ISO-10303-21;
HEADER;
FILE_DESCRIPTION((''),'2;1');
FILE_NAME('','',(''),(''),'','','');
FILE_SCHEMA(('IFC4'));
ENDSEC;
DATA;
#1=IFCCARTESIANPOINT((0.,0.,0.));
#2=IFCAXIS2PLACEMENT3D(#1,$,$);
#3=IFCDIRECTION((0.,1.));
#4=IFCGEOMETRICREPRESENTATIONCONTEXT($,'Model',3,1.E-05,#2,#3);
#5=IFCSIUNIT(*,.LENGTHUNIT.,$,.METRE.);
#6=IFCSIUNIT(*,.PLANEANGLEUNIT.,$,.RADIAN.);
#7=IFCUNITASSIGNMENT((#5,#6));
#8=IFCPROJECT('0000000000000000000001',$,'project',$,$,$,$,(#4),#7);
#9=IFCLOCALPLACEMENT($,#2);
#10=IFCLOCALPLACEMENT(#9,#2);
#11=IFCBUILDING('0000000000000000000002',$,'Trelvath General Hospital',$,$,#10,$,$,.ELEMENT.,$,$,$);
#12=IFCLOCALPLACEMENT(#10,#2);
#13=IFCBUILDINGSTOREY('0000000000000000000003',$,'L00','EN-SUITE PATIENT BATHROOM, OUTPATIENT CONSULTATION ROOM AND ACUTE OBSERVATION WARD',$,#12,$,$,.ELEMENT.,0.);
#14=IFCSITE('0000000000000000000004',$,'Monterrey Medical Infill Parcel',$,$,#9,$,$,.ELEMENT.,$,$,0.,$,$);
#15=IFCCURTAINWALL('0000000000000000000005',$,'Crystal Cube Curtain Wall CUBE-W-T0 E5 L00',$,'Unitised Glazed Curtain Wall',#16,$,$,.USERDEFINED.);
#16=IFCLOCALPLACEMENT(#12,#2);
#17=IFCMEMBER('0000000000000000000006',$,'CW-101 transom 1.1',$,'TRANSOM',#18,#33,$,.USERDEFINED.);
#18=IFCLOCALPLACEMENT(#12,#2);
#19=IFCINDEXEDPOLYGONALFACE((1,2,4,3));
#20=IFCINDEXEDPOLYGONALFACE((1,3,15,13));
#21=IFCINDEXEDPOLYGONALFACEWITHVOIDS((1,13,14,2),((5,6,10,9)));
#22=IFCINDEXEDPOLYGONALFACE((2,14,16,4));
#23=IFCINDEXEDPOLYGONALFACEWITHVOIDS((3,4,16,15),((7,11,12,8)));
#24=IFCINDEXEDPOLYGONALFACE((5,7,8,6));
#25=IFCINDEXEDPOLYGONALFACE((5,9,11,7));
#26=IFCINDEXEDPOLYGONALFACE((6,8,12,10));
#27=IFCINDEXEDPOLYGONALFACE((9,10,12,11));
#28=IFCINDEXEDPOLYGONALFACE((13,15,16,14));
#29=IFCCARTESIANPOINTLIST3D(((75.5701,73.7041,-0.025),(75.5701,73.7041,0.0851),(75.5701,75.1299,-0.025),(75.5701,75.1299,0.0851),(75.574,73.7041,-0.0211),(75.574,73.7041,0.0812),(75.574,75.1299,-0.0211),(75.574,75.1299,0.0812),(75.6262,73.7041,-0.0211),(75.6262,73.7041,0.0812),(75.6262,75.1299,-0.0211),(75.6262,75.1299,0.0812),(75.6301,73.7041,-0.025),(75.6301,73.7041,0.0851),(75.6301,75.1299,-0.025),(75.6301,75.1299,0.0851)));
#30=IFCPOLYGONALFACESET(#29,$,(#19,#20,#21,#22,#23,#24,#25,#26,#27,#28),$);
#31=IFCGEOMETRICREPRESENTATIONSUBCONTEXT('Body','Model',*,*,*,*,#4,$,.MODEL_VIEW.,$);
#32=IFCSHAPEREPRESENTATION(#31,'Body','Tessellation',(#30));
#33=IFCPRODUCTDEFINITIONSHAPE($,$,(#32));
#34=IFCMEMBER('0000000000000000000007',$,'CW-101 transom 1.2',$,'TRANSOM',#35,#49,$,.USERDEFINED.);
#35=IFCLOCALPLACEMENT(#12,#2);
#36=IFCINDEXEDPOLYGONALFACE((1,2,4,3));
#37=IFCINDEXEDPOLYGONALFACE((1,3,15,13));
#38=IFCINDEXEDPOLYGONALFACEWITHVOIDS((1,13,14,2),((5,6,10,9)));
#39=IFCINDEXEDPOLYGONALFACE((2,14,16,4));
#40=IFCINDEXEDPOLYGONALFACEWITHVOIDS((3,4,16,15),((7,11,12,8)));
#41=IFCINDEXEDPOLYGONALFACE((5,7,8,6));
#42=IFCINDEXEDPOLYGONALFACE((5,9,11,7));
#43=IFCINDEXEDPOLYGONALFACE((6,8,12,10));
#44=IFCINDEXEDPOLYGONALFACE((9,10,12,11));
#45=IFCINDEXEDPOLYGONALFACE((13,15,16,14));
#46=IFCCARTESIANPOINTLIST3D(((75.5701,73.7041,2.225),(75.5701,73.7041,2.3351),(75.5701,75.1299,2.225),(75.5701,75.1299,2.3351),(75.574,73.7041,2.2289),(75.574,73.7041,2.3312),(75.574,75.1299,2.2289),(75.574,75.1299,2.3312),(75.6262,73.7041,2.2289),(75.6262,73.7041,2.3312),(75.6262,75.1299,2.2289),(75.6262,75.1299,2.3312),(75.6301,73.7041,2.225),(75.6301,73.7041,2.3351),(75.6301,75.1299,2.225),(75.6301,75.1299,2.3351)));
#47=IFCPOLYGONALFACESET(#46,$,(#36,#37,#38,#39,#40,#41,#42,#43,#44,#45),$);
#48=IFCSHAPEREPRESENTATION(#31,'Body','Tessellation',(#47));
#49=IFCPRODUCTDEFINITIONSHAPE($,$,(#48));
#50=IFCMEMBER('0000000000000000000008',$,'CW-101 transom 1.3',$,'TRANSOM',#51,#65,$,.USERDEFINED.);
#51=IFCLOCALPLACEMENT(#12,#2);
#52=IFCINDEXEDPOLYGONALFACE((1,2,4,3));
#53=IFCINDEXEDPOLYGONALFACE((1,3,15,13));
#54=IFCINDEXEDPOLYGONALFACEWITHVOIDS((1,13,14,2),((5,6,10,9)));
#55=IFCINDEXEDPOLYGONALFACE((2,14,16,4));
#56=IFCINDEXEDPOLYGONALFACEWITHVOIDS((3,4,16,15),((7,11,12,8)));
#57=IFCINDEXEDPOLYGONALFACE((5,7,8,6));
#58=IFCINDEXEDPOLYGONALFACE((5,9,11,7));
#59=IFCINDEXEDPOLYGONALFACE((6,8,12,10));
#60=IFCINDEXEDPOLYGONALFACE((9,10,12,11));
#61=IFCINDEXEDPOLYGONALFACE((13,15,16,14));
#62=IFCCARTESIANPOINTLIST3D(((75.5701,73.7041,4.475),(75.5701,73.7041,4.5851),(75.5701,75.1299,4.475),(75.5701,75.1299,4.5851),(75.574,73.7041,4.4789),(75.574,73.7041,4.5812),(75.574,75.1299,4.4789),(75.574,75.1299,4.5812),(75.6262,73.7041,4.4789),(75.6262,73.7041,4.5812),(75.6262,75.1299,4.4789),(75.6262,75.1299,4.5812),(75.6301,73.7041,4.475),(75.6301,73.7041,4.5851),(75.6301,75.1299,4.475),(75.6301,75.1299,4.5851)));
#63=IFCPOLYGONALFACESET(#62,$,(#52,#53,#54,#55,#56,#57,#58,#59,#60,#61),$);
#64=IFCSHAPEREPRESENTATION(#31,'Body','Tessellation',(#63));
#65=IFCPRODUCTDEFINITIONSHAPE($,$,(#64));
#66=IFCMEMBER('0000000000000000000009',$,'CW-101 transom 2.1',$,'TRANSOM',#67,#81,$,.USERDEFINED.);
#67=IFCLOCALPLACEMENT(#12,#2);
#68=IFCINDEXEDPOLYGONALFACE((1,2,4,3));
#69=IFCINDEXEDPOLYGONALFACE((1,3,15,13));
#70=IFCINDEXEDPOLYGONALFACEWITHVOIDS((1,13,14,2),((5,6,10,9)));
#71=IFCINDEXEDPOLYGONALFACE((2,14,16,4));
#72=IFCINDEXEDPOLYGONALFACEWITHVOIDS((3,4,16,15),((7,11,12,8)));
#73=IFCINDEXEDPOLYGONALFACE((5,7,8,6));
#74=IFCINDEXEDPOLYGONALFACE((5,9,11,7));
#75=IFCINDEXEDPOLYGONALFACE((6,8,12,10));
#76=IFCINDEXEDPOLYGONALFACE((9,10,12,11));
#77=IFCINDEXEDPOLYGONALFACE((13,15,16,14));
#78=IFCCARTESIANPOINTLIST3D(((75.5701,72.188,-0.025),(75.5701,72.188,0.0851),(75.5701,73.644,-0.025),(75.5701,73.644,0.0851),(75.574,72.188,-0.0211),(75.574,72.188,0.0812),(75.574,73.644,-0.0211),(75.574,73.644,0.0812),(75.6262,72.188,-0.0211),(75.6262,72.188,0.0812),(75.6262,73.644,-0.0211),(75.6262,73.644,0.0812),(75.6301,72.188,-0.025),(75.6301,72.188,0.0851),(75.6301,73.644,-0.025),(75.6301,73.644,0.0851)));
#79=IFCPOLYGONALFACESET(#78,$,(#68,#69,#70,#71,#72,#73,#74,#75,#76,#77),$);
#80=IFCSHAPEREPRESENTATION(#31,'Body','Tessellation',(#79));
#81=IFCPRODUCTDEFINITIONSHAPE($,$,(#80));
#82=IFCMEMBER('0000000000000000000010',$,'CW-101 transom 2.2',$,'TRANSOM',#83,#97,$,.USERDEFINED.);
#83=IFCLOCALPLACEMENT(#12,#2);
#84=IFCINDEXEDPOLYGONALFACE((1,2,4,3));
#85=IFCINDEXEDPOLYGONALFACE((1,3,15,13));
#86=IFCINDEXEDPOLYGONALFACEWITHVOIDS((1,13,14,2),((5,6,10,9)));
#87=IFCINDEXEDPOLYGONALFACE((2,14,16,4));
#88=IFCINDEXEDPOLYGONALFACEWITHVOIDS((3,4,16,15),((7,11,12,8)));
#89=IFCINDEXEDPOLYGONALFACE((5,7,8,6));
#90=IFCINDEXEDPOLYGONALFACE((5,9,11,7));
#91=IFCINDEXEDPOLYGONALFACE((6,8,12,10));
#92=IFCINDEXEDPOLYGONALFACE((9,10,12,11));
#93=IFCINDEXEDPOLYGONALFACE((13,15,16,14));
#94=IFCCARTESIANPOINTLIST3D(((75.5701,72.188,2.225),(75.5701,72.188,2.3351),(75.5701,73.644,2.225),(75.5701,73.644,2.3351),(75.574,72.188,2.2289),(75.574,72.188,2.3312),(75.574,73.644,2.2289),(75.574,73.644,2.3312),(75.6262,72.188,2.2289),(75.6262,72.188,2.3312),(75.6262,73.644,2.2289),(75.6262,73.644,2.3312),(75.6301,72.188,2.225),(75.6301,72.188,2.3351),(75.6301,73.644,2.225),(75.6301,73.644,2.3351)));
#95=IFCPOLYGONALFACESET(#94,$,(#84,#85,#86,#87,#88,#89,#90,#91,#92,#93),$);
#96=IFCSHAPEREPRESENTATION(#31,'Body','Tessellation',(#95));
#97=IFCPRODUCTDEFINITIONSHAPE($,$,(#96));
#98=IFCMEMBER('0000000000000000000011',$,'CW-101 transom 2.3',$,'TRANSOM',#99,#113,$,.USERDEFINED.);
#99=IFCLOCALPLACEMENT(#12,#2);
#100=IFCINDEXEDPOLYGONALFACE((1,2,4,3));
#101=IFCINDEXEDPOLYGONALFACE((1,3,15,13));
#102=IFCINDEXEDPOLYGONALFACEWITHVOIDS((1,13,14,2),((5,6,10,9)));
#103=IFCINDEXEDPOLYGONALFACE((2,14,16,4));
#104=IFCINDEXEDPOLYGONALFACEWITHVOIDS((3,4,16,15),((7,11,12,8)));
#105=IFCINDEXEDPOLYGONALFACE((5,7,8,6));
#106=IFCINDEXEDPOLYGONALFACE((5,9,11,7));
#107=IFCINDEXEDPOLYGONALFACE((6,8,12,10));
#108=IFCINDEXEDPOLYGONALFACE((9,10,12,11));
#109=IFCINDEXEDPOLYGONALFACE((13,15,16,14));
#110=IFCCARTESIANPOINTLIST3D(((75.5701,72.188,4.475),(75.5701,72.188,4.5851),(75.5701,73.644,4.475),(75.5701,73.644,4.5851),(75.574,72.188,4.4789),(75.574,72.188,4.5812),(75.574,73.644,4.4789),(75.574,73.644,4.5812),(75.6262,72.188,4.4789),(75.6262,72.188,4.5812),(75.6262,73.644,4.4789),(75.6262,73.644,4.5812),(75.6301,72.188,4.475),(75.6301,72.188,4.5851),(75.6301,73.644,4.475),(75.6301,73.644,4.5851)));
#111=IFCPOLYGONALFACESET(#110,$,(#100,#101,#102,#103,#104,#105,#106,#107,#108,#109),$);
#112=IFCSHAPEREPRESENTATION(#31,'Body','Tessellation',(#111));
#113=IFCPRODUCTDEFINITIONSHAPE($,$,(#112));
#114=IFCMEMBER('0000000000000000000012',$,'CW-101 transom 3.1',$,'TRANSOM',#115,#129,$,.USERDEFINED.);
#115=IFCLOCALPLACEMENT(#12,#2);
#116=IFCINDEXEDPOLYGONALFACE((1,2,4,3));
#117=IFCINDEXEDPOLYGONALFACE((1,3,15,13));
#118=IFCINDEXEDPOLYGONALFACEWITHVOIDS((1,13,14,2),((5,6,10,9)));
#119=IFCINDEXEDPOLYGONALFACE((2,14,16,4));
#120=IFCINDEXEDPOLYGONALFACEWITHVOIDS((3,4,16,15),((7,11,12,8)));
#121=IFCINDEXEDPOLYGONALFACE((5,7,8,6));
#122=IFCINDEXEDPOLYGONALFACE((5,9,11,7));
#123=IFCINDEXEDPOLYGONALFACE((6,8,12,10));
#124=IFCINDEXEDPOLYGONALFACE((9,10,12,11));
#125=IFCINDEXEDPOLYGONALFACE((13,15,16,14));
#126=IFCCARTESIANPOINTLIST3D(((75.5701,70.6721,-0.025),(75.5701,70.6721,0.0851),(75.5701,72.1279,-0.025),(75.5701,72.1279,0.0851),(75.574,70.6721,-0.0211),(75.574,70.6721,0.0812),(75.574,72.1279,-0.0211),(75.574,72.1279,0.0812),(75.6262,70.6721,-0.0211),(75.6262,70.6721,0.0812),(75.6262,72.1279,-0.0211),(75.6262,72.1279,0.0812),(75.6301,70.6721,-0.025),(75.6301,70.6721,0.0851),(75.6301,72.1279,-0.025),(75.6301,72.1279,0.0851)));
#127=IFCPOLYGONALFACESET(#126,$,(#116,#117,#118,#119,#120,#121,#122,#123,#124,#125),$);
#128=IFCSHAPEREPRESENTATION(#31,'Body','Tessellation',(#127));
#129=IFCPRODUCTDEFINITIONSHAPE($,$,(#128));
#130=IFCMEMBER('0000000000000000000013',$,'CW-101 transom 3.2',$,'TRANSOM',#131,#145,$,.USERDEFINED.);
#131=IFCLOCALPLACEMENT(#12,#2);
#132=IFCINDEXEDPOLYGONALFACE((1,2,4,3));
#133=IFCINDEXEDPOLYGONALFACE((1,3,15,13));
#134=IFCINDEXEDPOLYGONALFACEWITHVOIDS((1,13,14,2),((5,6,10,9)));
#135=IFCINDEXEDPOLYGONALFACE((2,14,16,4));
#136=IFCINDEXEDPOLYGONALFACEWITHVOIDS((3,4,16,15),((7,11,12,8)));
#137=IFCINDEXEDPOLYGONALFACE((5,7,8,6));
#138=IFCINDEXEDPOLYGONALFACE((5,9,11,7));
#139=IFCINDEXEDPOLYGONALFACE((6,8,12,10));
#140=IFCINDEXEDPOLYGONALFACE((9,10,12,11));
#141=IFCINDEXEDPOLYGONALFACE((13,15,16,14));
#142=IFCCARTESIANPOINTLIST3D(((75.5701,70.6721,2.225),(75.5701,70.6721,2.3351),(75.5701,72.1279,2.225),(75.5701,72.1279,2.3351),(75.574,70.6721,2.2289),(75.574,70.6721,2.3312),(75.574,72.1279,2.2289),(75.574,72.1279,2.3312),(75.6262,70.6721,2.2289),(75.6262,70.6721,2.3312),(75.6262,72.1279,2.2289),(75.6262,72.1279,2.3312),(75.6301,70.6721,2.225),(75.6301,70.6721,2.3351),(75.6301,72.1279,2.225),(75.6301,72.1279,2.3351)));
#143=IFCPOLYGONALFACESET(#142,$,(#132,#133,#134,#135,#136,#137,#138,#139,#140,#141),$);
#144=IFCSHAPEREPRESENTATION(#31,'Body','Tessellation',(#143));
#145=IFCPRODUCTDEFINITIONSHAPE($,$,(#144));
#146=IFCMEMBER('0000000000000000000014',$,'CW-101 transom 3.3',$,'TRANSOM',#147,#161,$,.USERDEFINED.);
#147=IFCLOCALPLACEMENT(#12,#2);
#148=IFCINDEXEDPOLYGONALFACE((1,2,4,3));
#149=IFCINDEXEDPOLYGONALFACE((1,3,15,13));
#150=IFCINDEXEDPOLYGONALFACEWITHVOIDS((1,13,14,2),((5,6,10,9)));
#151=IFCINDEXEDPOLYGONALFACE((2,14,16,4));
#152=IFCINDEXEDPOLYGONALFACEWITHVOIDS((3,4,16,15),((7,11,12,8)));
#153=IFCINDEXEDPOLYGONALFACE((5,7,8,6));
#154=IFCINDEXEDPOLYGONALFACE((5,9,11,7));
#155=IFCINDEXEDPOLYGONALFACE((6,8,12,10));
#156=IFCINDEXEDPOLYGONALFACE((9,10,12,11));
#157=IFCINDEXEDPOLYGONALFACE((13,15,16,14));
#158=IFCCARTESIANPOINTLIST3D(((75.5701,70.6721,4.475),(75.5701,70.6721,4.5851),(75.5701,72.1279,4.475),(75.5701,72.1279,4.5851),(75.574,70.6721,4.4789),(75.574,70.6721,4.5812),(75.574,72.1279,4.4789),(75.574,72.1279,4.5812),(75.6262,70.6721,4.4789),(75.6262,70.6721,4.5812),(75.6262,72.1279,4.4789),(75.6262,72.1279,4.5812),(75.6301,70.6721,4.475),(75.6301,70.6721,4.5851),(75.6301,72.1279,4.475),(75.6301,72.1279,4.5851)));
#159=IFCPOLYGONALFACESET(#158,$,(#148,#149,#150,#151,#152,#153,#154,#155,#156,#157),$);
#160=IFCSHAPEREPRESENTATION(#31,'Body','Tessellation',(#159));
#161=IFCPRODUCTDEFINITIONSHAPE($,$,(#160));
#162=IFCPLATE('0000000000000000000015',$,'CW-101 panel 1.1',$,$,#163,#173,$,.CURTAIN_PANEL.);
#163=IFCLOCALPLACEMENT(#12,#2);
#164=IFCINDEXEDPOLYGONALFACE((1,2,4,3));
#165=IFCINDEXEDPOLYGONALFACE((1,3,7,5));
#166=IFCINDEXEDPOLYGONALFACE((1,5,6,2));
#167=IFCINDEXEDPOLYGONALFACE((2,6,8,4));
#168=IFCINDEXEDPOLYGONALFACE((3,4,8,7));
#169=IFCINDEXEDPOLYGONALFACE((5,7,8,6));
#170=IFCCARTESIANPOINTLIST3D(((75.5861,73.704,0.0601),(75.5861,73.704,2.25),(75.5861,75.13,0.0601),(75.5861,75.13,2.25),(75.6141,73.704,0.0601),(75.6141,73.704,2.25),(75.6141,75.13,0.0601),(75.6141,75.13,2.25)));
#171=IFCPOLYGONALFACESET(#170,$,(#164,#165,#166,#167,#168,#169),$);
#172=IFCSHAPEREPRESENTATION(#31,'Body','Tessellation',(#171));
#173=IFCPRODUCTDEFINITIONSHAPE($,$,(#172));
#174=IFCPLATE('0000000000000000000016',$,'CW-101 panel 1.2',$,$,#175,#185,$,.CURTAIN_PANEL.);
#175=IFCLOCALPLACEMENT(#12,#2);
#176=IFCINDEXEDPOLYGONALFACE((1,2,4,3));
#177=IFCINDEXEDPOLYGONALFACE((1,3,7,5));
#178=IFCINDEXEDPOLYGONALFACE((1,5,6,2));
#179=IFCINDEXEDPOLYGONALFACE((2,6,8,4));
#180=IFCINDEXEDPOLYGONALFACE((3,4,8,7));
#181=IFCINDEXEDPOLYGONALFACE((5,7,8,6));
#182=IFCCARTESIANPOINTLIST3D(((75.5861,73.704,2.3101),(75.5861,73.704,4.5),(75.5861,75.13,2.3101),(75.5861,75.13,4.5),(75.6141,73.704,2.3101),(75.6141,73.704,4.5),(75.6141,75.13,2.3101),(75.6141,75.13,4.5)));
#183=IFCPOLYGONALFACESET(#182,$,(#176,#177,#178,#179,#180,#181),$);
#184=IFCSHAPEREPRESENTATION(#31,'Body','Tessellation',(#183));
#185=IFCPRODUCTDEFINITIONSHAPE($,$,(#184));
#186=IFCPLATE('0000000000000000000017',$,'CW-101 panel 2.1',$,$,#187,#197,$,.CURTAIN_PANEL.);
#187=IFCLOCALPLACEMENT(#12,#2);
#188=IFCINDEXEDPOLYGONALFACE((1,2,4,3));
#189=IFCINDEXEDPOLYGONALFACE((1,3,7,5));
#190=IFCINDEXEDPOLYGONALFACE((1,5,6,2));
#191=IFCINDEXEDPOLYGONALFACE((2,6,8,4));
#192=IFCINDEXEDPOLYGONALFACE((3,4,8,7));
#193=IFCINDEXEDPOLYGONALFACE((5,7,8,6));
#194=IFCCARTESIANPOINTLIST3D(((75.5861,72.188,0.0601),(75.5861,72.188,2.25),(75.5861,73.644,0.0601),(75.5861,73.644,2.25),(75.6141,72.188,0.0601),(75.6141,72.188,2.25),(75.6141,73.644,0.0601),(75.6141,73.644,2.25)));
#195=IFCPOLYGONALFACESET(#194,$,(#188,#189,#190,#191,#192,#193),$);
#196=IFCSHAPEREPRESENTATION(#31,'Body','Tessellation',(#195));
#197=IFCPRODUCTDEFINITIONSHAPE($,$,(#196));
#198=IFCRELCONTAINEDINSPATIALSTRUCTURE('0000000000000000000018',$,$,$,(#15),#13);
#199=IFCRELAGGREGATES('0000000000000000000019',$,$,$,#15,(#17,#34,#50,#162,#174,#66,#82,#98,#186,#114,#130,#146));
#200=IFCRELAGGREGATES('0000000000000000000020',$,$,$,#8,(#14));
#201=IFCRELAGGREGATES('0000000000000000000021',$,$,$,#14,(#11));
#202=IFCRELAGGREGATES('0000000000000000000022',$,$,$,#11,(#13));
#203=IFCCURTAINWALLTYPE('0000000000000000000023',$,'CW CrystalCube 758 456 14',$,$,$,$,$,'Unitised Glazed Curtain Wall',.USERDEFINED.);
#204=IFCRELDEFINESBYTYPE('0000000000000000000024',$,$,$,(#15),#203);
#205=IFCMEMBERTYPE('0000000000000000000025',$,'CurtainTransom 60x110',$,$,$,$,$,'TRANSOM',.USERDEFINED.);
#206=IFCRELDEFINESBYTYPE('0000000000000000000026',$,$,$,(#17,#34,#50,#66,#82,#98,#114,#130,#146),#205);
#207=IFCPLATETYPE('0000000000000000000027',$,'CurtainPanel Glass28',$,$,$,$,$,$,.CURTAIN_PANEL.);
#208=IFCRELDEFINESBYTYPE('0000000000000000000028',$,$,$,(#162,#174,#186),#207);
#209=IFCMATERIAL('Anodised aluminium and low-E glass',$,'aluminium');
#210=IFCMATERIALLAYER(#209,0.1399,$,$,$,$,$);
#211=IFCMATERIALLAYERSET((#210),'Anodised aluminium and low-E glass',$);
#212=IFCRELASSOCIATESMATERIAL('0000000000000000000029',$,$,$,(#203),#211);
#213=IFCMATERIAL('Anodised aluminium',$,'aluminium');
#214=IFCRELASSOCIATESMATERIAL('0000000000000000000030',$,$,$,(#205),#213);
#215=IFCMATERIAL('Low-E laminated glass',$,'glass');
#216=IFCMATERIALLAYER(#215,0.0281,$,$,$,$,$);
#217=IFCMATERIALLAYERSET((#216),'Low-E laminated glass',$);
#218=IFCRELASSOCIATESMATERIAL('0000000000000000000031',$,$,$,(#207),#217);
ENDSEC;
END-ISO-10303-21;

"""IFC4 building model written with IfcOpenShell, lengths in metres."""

from ifc_helpers import new_model, si_unit, direction, frame, origin, origin_2d, place, context, subcontext, project, spatial, rectangle, hollow_rectangle, extrude, material, layer, layer_set, material_profile, profile_set, type_object, element, aggregate, save


model = new_model("IFC4")

# Units and contexts
model_context = context("Model", 3, precision=1e-05, world=origin(), true_north=direction((0.0, 1.0)))
body_context = subcontext(model_context, "Body", "Model", "MODEL_VIEW")
ifc_project = project(units=[si_unit("LENGTHUNIT", "METRE"), si_unit("PLANEANGLEUNIT", "RADIAN")], contexts=[model_context])

# Site, building, storey
site_placement = place(None, origin())
site = spatial("IfcSite", under=ifc_project, at=site_placement, Name="Monterrey Medical Infill Parcel", CompositionType="ELEMENT", RefElevation=0.0)
building_placement = place(site_placement, origin())
building = spatial("IfcBuilding", under=site, at=building_placement, Name="Trelvath General Hospital", CompositionType="ELEMENT")
storey_placement = place(building_placement, origin())
storey = spatial("IfcBuildingStorey", under=building, at=storey_placement, Name="L00", Description="EN-SUITE PATIENT BATHROOM, OUTPATIENT CONSULTATION ROOM AND ACUTE OBSERVATION WARD", CompositionType="ELEMENT", Elevation=0.0)

# Curtain wall, members, plates
ifc_material_1 = material(Name="Anodised aluminium and low-E glass", Category="aluminium")
ifc_layer_1 = layer(ifc_material_1, 0.1399)
ifc_layer_set_1 = layer_set([ifc_layer_1], Name="Anodised aluminium and low-E glass")
curtain_wall_type = type_object("IfcCurtainWallType", Name="CW CrystalCube 758 456 14", ElementType="Unitised Glazed Curtain Wall", PredefinedType="USERDEFINED", material=ifc_layer_set_1)
curtain_wall_placement = place(storey_placement, origin())
curtain_wall = element("IfcCurtainWall", 1, at=curtain_wall_placement, inside=storey, type_object=curtain_wall_type, Name="Crystal Cube Curtain Wall CUBE-W-T0 E5 L00", ObjectType="Unitised Glazed Curtain Wall", PredefinedType="USERDEFINED")
ifc_material_2 = material(Name="Anodised aluminium", Category="aluminium")
ifc_material_profile_1 = material_profile(ifc_material_2, hollow_rectangle(XDim=0.0601, YDim=0.1101, WallThickness=0.0039, at=origin_2d()), Name="RHS60x110x4")
ifc_profile_set_1 = profile_set([ifc_material_profile_1], Name="Anodised aluminium")
member_type_1 = type_object("IfcMemberType", Name="CurtainTransom 60x110", ElementType="TRANSOM", PredefinedType="USERDEFINED", material=ifc_profile_set_1)
member_1_placement = place(storey_placement, frame((75.6001, 75.1299, 0.03), z_axis=(0.0, -1.0, 0.0), x_axis=(1.0, 0.0, 0.0)))
member_1 = element("IfcMember", 2, at=member_1_placement, type_object=member_type_1, Name="CW-101 transom 1.1", ObjectType="TRANSOM", PredefinedType="USERDEFINED", context=body_context, shape_type="SweptSolid", body=[
    extrude(hollow_rectangle(XDim=0.0601, YDim=0.1101, WallThickness=0.0039, at=origin_2d()), origin(), (0.0, 0.0, 1.0), 1.4258),
])
member_2_placement = place(storey_placement, frame((75.6001, 75.1299, 2.28), z_axis=(0.0, -1.0, 0.0), x_axis=(1.0, 0.0, 0.0)))
member_2 = element("IfcMember", 3, at=member_2_placement, type_object=member_type_1, Name="CW-101 transom 1.2", ObjectType="TRANSOM", PredefinedType="USERDEFINED", context=body_context, shape_type="SweptSolid", body=[
    extrude(hollow_rectangle(XDim=0.0601, YDim=0.1101, WallThickness=0.0039, at=origin_2d()), origin(), (0.0, 0.0, 1.0), 1.4258),
])
member_3_placement = place(storey_placement, frame((75.6001, 75.1299, 4.53), z_axis=(0.0, -1.0, 0.0), x_axis=(1.0, 0.0, 0.0)))
member_3 = element("IfcMember", 4, at=member_3_placement, type_object=member_type_1, Name="CW-101 transom 1.3", ObjectType="TRANSOM", PredefinedType="USERDEFINED", context=body_context, shape_type="SweptSolid", body=[
    extrude(hollow_rectangle(XDim=0.0601, YDim=0.1101, WallThickness=0.0039, at=origin_2d()), origin(), (0.0, 0.0, 1.0), 1.4258),
])
member_4_placement = place(storey_placement, frame((75.6001, 73.644, 0.03), z_axis=(0.0, -1.0, 0.0), x_axis=(1.0, 0.0, 0.0)))
member_4 = element("IfcMember", 5, at=member_4_placement, type_object=member_type_1, Name="CW-101 transom 2.1", ObjectType="TRANSOM", PredefinedType="USERDEFINED", context=body_context, shape_type="SweptSolid", body=[
    extrude(hollow_rectangle(XDim=0.0601, YDim=0.1101, WallThickness=0.0039, at=origin_2d()), origin(), (0.0, 0.0, 1.0), 1.4561),
])
member_5_placement = place(storey_placement, frame((75.6001, 73.644, 2.28), z_axis=(0.0, -1.0, 0.0), x_axis=(1.0, 0.0, 0.0)))
member_5 = element("IfcMember", 6, at=member_5_placement, type_object=member_type_1, Name="CW-101 transom 2.2", ObjectType="TRANSOM", PredefinedType="USERDEFINED", context=body_context, shape_type="SweptSolid", body=[
    extrude(hollow_rectangle(XDim=0.0601, YDim=0.1101, WallThickness=0.0039, at=origin_2d()), origin(), (0.0, 0.0, 1.0), 1.4561),
])
member_6_placement = place(storey_placement, frame((75.6001, 73.644, 4.53), z_axis=(0.0, -1.0, 0.0), x_axis=(1.0, 0.0, 0.0)))
member_6 = element("IfcMember", 7, at=member_6_placement, type_object=member_type_1, Name="CW-101 transom 2.3", ObjectType="TRANSOM", PredefinedType="USERDEFINED", context=body_context, shape_type="SweptSolid", body=[
    extrude(hollow_rectangle(XDim=0.0601, YDim=0.1101, WallThickness=0.0039, at=origin_2d()), origin(), (0.0, 0.0, 1.0), 1.4561),
])
member_7_placement = place(storey_placement, frame((75.6001, 72.1279, 0.03), z_axis=(0.0, -1.0, 0.0), x_axis=(1.0, 0.0, 0.0)))
member_7 = element("IfcMember", 8, at=member_7_placement, type_object=member_type_1, Name="CW-101 transom 3.1", ObjectType="TRANSOM", PredefinedType="USERDEFINED", context=body_context, shape_type="SweptSolid", body=[
    extrude(hollow_rectangle(XDim=0.0601, YDim=0.1101, WallThickness=0.0039, at=origin_2d()), origin(), (0.0, 0.0, 1.0), 1.4558),
])
member_8_placement = place(storey_placement, frame((75.6001, 72.1279, 2.28), z_axis=(0.0, -1.0, 0.0), x_axis=(1.0, 0.0, 0.0)))
member_8 = element("IfcMember", 9, at=member_8_placement, type_object=member_type_1, Name="CW-101 transom 3.2", ObjectType="TRANSOM", PredefinedType="USERDEFINED", context=body_context, shape_type="SweptSolid", body=[
    extrude(hollow_rectangle(XDim=0.0601, YDim=0.1101, WallThickness=0.0039, at=origin_2d()), origin(), (0.0, 0.0, 1.0), 1.4558),
])
member_9_placement = place(storey_placement, frame((75.6001, 72.1279, 4.53), z_axis=(0.0, -1.0, 0.0), x_axis=(1.0, 0.0, 0.0)))
member_9 = element("IfcMember", 10, at=member_9_placement, type_object=member_type_1, Name="CW-101 transom 3.3", ObjectType="TRANSOM", PredefinedType="USERDEFINED", context=body_context, shape_type="SweptSolid", body=[
    extrude(hollow_rectangle(XDim=0.0601, YDim=0.1101, WallThickness=0.0039, at=origin_2d()), origin(), (0.0, 0.0, 1.0), 1.4558),
])
ifc_material_3 = material(Name="Low-E laminated glass", Category="glass")
ifc_layer_2 = layer(ifc_material_3, 0.0281)
ifc_layer_set_2 = layer_set([ifc_layer_2], Name="Low-E laminated glass")
plate_type = type_object("IfcPlateType", Name="CurtainPanel Glass28", PredefinedType="CURTAIN_PANEL", material=ifc_layer_set_2)
plate_1_placement = place(storey_placement, frame((75.6001, 74.417, 0.0601), z_axis=(0.0, 0.0, 1.0), x_axis=(0.0, -1.0, 0.0)))
plate_1 = element("IfcPlate", 11, at=plate_1_placement, type_object=plate_type, Name="CW-101 panel 1.1", PredefinedType="CURTAIN_PANEL", context=body_context, shape_type="SweptSolid", body=[
    extrude(rectangle(XDim=1.426, YDim=0.0281, at=origin_2d()), origin(), (0.0, 0.0, 1.0), 2.1899),
])
plate_2_placement = place(storey_placement, frame((75.6001, 74.417, 2.3101), z_axis=(0.0, 0.0, 1.0), x_axis=(0.0, -1.0, 0.0)))
plate_2 = element("IfcPlate", 12, at=plate_2_placement, type_object=plate_type, Name="CW-101 panel 1.2", PredefinedType="CURTAIN_PANEL", context=body_context, shape_type="SweptSolid", body=[
    extrude(rectangle(XDim=1.426, YDim=0.0281, at=origin_2d()), origin(), (0.0, 0.0, 1.0), 2.1899),
])
plate_3_placement = place(storey_placement, frame((75.6001, 72.916, 0.0601), z_axis=(0.0, 0.0, 1.0), x_axis=(0.0, -1.0, 0.0)))
plate_3 = element("IfcPlate", 13, at=plate_3_placement, type_object=plate_type, Name="CW-101 panel 2.1", PredefinedType="CURTAIN_PANEL", context=body_context, shape_type="SweptSolid", body=[
    extrude(rectangle(XDim=1.4561, YDim=0.0281, at=origin_2d()), origin(), (0.0, 0.0, 1.0), 2.1899),
])
aggregate(curtain_wall, [member_1, member_2, member_3, plate_1, plate_2, member_4, member_5, member_6, plate_3, member_7, member_8, member_9])

save(model, "model.ifc")
